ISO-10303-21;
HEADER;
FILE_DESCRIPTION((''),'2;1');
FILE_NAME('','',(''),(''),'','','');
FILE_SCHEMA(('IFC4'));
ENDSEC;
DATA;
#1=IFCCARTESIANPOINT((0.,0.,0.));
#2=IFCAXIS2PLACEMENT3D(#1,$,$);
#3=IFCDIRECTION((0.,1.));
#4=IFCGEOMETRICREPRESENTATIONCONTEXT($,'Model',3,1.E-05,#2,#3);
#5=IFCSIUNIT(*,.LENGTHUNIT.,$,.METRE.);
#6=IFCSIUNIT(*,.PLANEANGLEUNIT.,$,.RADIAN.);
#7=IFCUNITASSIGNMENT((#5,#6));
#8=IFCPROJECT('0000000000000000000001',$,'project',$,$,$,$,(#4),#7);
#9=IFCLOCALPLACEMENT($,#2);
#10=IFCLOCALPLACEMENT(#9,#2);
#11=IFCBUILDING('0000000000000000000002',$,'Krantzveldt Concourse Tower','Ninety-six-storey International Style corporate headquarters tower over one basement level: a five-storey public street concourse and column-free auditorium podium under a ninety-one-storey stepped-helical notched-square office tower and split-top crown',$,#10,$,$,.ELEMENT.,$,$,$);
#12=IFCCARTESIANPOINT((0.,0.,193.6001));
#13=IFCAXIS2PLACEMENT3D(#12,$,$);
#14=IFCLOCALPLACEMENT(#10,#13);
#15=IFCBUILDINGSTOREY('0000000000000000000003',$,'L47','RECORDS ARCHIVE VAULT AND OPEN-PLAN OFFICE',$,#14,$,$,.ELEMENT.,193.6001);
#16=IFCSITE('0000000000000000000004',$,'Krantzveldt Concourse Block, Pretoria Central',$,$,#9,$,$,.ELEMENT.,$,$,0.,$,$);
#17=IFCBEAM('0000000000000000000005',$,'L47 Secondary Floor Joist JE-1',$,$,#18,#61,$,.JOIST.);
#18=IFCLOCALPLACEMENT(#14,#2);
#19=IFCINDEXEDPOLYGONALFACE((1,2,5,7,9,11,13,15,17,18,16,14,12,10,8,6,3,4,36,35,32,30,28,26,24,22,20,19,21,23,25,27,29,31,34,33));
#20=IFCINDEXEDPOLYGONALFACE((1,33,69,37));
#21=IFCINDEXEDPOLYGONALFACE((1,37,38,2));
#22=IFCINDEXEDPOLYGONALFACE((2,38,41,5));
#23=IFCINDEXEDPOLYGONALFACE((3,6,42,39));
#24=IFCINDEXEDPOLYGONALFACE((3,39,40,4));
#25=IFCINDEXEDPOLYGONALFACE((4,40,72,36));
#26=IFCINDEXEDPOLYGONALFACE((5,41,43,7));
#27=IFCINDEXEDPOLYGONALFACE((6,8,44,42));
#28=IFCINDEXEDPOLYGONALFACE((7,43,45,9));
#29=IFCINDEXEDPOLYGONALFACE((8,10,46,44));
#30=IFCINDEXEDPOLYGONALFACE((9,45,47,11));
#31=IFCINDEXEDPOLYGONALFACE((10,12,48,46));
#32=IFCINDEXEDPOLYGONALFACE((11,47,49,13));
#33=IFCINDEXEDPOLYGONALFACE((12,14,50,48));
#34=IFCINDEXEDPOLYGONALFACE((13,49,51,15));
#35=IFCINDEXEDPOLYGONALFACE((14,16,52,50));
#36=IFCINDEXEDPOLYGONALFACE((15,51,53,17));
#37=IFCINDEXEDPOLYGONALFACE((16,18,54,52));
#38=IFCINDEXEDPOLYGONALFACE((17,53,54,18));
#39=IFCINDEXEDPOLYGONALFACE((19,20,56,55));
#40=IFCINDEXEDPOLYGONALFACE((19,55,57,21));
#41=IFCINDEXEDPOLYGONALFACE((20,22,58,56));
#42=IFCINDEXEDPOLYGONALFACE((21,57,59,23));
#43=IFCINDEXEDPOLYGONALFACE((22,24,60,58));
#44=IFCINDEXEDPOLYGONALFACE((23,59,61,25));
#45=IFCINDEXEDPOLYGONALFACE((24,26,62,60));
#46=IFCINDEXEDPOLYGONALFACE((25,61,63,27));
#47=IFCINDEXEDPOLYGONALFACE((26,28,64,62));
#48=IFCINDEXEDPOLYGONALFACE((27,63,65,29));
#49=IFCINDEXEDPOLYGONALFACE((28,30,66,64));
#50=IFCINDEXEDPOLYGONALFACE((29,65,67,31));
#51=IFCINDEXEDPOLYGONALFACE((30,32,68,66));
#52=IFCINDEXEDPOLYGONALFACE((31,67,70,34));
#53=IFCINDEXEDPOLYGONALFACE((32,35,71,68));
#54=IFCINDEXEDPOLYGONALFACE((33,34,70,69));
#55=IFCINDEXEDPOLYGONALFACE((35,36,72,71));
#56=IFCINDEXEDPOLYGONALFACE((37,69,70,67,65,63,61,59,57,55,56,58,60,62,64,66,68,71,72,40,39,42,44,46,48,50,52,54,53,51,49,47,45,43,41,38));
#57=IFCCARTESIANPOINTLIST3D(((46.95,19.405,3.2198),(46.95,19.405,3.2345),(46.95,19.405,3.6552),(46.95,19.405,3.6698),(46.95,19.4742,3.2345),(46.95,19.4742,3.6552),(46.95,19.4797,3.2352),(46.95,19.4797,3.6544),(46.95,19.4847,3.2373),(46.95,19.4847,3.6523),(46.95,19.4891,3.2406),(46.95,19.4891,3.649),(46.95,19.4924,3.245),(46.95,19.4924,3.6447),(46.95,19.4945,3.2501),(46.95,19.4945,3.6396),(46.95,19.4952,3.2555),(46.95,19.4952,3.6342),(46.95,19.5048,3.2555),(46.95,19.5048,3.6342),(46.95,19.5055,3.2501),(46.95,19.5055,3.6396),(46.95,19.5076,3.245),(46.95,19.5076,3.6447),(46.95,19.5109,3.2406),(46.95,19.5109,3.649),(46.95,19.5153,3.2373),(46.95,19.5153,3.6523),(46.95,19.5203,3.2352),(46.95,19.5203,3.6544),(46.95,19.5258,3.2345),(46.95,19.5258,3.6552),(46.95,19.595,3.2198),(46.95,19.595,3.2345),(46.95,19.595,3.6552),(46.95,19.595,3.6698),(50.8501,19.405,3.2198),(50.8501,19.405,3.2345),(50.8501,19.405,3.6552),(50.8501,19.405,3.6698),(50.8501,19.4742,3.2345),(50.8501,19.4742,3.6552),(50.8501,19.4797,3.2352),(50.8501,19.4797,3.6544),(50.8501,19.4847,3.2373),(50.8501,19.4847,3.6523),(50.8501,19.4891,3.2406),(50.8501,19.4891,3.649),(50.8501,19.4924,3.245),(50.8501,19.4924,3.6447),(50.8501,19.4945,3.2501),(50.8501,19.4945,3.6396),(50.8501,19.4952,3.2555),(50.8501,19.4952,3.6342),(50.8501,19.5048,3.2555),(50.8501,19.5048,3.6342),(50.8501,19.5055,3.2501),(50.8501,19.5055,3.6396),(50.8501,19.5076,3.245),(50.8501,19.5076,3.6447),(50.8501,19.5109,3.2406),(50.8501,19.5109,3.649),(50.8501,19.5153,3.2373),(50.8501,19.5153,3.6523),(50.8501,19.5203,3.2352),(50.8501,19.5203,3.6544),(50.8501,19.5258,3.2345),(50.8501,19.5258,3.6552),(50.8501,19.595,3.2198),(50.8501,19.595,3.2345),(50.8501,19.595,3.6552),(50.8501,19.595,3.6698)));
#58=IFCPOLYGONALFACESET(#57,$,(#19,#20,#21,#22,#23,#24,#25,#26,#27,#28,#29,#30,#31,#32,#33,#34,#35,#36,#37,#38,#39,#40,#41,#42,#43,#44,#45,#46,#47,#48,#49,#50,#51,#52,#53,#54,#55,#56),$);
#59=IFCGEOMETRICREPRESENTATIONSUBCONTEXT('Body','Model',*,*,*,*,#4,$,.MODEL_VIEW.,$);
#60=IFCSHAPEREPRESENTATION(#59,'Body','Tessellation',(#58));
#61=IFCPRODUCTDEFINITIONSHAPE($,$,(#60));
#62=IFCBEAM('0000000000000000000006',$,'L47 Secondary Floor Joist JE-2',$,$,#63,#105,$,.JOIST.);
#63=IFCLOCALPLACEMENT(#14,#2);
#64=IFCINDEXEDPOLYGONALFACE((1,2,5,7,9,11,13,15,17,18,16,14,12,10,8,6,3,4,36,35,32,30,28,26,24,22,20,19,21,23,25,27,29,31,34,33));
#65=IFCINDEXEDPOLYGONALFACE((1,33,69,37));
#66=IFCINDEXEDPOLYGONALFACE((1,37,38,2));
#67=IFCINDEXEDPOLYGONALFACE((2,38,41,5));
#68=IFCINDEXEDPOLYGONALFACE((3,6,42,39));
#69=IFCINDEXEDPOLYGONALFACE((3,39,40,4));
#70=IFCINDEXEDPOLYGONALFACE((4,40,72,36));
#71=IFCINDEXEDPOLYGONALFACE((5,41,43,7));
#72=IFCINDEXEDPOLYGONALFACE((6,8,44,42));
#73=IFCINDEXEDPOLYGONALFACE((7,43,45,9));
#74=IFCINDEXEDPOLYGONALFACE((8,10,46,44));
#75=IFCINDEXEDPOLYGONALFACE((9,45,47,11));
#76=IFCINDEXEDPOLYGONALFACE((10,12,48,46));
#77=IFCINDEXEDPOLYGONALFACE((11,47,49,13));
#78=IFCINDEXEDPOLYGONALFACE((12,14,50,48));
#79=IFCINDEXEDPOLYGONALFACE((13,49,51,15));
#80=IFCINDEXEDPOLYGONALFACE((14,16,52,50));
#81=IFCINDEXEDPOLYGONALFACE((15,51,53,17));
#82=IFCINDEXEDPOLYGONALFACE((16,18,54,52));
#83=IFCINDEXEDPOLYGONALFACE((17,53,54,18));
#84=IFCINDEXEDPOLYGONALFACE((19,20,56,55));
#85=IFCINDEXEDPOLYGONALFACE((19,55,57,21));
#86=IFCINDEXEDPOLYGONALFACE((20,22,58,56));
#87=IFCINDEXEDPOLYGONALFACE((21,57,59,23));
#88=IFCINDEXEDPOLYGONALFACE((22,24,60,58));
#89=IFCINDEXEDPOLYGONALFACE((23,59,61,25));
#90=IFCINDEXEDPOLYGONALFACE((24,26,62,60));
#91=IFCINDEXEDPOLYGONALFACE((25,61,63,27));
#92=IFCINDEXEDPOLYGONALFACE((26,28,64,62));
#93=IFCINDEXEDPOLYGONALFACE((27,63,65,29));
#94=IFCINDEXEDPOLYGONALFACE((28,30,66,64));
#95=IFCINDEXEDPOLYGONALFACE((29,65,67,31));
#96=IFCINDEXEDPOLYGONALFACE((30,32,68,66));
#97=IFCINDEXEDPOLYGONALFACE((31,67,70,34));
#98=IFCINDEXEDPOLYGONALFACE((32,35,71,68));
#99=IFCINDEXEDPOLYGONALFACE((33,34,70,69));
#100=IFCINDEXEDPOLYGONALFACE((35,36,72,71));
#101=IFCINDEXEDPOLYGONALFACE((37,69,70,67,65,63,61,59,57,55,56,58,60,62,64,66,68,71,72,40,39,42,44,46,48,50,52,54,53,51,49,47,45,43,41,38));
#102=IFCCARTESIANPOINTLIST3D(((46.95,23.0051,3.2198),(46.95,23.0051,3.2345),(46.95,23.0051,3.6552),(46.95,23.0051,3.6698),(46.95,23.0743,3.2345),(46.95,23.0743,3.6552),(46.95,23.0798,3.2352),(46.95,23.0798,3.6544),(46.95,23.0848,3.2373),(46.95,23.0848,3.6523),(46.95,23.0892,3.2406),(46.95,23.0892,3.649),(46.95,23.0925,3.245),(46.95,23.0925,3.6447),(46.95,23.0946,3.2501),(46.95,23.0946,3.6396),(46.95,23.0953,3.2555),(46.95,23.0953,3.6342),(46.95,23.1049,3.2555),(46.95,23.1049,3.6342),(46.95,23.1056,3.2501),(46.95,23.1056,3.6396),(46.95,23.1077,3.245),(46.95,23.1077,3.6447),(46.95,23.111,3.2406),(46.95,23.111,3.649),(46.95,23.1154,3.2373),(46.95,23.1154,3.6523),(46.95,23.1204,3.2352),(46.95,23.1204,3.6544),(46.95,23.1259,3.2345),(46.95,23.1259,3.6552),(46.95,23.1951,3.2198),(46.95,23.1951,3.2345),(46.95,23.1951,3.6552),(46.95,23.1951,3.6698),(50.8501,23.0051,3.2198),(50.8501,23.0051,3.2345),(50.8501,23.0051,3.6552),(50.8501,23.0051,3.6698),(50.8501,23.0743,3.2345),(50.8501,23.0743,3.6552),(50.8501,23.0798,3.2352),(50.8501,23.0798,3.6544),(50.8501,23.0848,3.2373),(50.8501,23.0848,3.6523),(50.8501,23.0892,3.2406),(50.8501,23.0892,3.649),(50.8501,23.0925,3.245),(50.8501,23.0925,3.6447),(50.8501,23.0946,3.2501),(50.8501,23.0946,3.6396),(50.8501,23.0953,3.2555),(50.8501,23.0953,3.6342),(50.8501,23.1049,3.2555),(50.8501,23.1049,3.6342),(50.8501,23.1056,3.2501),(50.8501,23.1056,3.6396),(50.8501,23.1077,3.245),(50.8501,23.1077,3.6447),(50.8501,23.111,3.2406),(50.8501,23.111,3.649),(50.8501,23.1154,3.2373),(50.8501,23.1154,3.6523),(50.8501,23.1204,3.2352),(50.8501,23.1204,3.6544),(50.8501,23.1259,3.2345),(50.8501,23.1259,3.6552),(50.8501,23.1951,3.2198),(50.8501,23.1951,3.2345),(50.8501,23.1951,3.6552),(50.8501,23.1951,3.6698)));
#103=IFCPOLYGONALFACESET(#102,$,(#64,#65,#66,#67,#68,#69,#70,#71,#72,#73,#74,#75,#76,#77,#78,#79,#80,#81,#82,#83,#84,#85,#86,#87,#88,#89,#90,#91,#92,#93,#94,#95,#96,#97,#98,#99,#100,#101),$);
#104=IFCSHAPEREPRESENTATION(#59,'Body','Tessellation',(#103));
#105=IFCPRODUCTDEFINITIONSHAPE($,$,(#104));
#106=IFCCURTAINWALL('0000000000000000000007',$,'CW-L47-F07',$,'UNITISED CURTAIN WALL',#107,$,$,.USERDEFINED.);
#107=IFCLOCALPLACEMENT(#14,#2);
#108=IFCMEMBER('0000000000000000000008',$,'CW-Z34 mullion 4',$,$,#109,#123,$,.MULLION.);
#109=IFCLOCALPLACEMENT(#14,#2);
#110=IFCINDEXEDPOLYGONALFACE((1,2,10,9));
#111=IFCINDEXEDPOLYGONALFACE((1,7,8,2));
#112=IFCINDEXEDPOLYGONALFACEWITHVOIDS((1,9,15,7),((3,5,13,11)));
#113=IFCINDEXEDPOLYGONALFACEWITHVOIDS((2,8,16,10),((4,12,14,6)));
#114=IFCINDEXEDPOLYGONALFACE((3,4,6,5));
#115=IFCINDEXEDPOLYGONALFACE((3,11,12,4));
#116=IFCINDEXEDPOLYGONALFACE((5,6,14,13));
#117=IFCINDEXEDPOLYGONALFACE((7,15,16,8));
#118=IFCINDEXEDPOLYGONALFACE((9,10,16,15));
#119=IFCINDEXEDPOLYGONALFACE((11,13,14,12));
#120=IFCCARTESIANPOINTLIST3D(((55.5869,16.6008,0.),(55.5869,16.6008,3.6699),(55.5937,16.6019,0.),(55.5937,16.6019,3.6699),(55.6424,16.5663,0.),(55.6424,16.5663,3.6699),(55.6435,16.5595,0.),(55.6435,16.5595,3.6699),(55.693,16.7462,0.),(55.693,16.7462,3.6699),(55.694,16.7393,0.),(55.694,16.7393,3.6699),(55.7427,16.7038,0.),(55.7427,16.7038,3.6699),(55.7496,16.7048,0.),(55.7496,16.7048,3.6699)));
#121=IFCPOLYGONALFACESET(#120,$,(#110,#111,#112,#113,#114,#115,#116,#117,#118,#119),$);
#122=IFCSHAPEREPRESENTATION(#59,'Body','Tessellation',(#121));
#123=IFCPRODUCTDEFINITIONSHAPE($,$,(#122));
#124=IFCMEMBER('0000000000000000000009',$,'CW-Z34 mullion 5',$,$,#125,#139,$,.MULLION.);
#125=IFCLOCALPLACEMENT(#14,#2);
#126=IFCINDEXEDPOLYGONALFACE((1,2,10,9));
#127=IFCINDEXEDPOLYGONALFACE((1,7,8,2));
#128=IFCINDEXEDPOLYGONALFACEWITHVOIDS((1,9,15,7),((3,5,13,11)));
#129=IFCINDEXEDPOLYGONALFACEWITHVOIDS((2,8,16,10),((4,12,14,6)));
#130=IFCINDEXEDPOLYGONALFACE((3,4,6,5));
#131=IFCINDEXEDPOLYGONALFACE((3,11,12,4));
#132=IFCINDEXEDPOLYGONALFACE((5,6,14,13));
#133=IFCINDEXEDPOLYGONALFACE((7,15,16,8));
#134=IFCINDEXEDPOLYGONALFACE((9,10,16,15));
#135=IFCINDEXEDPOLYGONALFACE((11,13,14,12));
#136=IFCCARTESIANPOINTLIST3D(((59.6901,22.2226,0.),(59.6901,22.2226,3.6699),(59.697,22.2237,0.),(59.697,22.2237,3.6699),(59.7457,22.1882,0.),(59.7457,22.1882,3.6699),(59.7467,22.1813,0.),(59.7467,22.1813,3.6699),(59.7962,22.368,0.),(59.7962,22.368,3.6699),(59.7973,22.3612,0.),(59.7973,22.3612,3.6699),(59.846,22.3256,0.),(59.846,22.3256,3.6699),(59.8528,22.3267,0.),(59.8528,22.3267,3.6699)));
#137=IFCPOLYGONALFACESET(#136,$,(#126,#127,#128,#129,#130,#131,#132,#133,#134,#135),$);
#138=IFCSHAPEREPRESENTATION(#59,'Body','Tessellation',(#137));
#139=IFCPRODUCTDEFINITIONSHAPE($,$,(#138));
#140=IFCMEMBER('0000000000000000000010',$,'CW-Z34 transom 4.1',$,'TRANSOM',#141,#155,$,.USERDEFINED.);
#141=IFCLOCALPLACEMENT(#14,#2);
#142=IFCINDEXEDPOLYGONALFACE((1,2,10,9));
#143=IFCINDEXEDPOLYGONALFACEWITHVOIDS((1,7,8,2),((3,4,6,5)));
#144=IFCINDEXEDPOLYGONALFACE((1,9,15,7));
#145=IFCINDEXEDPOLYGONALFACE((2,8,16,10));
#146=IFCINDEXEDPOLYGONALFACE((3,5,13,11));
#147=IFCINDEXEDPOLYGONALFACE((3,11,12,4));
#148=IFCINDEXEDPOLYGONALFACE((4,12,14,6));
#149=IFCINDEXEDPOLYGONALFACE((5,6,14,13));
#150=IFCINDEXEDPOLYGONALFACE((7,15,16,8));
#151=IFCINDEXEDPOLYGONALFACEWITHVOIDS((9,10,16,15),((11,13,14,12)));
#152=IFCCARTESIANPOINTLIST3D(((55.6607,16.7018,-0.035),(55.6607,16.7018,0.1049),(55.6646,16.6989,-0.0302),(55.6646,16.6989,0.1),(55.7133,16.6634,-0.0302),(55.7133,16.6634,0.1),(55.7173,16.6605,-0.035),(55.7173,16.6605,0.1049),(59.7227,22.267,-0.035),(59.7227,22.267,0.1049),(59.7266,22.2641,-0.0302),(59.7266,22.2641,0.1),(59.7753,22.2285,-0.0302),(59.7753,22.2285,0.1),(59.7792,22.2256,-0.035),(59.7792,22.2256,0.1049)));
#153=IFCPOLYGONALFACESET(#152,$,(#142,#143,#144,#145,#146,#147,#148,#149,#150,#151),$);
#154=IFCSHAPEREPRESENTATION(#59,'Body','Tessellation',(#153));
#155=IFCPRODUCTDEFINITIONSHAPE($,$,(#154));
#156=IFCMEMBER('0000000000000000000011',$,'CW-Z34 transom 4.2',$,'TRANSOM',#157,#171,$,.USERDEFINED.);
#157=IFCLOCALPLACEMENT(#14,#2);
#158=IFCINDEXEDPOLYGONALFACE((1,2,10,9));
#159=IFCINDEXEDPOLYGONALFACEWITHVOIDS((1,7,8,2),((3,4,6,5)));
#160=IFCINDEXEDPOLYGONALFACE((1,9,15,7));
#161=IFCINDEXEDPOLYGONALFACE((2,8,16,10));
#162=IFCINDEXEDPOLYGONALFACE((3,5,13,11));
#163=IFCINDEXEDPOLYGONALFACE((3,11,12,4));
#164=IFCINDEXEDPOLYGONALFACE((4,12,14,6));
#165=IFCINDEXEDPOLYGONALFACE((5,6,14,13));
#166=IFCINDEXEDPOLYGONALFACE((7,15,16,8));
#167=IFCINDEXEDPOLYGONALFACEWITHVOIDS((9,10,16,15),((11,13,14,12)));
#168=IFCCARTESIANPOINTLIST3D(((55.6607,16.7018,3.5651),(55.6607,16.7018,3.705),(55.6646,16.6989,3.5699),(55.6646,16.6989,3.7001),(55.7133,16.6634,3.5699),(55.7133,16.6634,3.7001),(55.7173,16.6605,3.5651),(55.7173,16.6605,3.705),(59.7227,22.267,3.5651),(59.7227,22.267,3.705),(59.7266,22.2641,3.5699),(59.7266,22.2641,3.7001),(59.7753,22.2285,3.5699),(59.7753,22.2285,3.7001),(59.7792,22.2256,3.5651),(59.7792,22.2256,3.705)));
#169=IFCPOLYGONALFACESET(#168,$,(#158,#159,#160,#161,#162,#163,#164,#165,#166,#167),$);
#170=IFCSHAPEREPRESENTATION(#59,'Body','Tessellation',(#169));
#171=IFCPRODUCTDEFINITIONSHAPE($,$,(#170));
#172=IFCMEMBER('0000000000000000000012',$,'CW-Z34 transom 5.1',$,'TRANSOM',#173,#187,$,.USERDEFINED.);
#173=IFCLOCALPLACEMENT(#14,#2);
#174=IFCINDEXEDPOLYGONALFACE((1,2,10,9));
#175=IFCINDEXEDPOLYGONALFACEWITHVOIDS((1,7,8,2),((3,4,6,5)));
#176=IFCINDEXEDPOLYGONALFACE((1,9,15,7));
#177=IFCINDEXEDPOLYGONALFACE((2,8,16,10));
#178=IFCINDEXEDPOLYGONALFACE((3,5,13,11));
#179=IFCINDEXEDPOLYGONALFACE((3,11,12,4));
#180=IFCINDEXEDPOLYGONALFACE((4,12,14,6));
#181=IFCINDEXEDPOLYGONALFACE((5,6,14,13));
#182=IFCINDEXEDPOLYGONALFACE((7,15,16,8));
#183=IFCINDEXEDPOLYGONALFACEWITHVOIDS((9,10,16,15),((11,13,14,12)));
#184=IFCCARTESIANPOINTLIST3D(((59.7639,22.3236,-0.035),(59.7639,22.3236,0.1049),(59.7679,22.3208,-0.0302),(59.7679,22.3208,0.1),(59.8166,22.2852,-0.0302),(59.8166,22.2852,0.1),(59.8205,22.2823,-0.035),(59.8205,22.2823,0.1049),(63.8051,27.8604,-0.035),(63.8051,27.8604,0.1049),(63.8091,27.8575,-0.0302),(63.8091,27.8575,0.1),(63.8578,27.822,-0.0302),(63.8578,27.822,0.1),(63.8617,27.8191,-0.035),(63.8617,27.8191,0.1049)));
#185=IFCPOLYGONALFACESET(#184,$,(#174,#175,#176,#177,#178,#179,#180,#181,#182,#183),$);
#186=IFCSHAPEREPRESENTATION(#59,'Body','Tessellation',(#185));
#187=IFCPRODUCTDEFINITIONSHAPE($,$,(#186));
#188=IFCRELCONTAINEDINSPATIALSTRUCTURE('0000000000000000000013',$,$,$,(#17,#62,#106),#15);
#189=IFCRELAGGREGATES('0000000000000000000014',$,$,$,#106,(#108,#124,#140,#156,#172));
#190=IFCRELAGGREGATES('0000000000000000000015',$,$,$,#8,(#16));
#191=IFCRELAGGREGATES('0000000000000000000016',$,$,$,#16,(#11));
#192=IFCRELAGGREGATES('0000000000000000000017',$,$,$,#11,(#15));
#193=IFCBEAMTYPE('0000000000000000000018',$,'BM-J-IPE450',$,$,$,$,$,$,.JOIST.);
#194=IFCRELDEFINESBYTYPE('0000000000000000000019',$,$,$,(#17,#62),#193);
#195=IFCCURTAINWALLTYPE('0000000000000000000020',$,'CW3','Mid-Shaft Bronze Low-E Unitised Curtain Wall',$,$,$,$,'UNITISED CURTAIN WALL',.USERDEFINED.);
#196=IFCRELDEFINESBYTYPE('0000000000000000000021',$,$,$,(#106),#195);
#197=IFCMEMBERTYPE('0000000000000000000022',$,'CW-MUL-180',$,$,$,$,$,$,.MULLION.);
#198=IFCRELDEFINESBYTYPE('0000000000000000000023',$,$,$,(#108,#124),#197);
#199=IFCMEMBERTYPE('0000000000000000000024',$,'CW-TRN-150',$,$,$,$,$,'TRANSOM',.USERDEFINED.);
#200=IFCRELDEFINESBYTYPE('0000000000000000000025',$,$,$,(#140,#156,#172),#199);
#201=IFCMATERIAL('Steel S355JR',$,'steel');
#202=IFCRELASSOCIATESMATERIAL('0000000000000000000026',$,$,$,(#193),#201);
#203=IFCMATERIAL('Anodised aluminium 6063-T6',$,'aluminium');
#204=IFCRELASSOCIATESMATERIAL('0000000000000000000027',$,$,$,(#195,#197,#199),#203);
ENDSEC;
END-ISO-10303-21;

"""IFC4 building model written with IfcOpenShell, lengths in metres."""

from ifc_helpers import new_model, si_unit, direction, frame, origin, origin_2d, place, context, subcontext, project, spatial, hollow_rectangle, i_section, extrude, source, transform, mapped, material, material_profile, profile_set, type_object, type_shapes, element, aggregate, save


model = new_model("IFC4")

# Units and contexts
model_context = context("Model", 3, precision=1e-05, world=origin(), true_north=direction((0.0, 1.0)))
body_context = subcontext(model_context, "Body", "Model", "MODEL_VIEW")
ifc_project = project(units=[si_unit("LENGTHUNIT", "METRE"), si_unit("PLANEANGLEUNIT", "RADIAN")], contexts=[model_context])

# Site, building, storey
site_placement = place(None, origin())
site = spatial("IfcSite", under=ifc_project, at=site_placement, Name="Krantzveldt Concourse Block, Pretoria Central", CompositionType="ELEMENT", RefElevation=0.0)
building_placement = place(site_placement, origin())
building = spatial("IfcBuilding", under=site, at=building_placement, Name="Krantzveldt Concourse Tower", Description="Ninety-six-storey International Style corporate headquarters tower over one basement level: a five-storey public street concourse and column-free auditorium podium under a ninety-one-storey stepped-helical notched-square office tower and split-top crown", CompositionType="ELEMENT")
storey_placement = place(building_placement, frame((0.0, 0.0, 193.6001)))
storey = spatial("IfcBuildingStorey", under=building, at=storey_placement, Name="L47", Description="RECORDS ARCHIVE VAULT AND OPEN-PLAN OFFICE", CompositionType="ELEMENT", Elevation=193.6001)

# Beams
ifc_material_1 = material(Name="Steel S355JR", Category="steel")
ifc_material_profile_1 = material_profile(ifc_material_1, i_section(OverallWidth=0.1899, OverallDepth=0.45, WebThickness=0.0095, FlangeThickness=0.0146, FilletRadius=0.021, at=origin_2d()), Name="Steel S355JR", Category="steel")
ifc_profile_set_1 = profile_set([ifc_material_profile_1], Name="Steel S355JR - IPE 450")
beam_type_1 = type_object("IfcBeamType", Name="BM-J-IPE450", PredefinedType="JOIST", material=ifc_profile_set_1)
shared_shape_1 = source(origin(), body_context, "Body", "SweptSolid", [
    extrude(i_section(OverallWidth=0.1899, OverallDepth=0.45, WebThickness=0.0095, FlangeThickness=0.0146, FilletRadius=0.021, at=origin_2d()), origin(), (0.0, 0.0, 1.0), 3.9001),
])
type_shapes(beam_type_1, [shared_shape_1])
for number, where, z_axis, x_axis, name in (
    (1, (46.95, 19.5, 3.4448), (1.0, 0.0, 0.0), (0.0, 1.0, 0.0), "L47 Secondary Floor Joist JE-1"),
    (2, (46.95, 23.1001, 3.4448), (1.0, 0.0, 0.0), (0.0, 1.0, 0.0), "L47 Secondary Floor Joist JE-2"),
):
    element("IfcBeam", number, at=place(storey_placement, frame(where, z_axis=z_axis, x_axis=x_axis)), inside=storey, type_object=beam_type_1, Name=name, PredefinedType="JOIST", context=body_context, shape_type="MappedRepresentation", body=[
        mapped(shared_shape_1, transform((0.0, 0.0, 0.0), x_axis=(1.0, 0.0, 0.0), y_axis=(0.0, 1.0, 0.0), z_axis=(0.0, 0.0, 1.0), scale=1.0)),
    ])

# Curtain wall, members
ifc_material_2 = material(Name="Anodised aluminium 6063-T6", Category="aluminium")
curtain_wall_type = type_object("IfcCurtainWallType", Name="CW3", Description="Mid-Shaft Bronze Low-E Unitised Curtain Wall", ElementType="UNITISED CURTAIN WALL", PredefinedType="USERDEFINED", material=ifc_material_2)
curtain_wall_placement = place(storey_placement, origin())
curtain_wall = element("IfcCurtainWall", 3, at=curtain_wall_placement, inside=storey, type_object=curtain_wall_type, Name="CW-L47-F07", ObjectType="UNITISED CURTAIN WALL", PredefinedType="USERDEFINED")
ifc_material_profile_2 = material_profile(ifc_material_2, hollow_rectangle(XDim=0.0701, YDim=0.1799, WallThickness=0.0049, at=origin_2d()), Name="Anodised aluminium 6063-T6", Category="aluminium")
ifc_profile_set_2 = profile_set([ifc_material_profile_2], Name="Anodised aluminium 6063-T6 - ALU-MULL 180x70x5")
member_type_1 = type_object("IfcMemberType", Name="CW-MUL-180", PredefinedType="MULLION", material=ifc_profile_set_2)
shared_shape_2 = source(origin(), body_context, "Body", "SweptSolid", [
    extrude(hollow_rectangle(XDim=0.0701, YDim=0.1799, WallThickness=0.0049, at=origin_2d()), origin(), (0.0, 0.0, 1.0), 3.6699),
])
type_shapes(member_type_1, [shared_shape_2])
member_1_placement = place(storey_placement, frame((55.6682, 16.6528, 0.0), z_axis=(0.0, 0.0, 1.0), x_axis=(-0.807733, 0.589549, 0.0)))
member_1 = element("IfcMember", 4, at=member_1_placement, type_object=member_type_1, Name="CW-Z34 mullion 4", PredefinedType="MULLION", context=body_context, shape_type="MappedRepresentation", body=[
    mapped(shared_shape_2, transform((0.0, 0.0, 0.0), x_axis=(1.0, 0.0, 0.0), y_axis=(0.0, 1.0, 0.0), z_axis=(0.0, 0.0, 1.0), scale=1.0)),
])
member_2_placement = place(storey_placement, frame((59.7715, 22.2747, 0.0), z_axis=(0.0, 0.0, 1.0), x_axis=(-0.807733, 0.589549, 0.0)))
member_2 = element("IfcMember", 5, at=member_2_placement, type_object=member_type_1, Name="CW-Z34 mullion 5", PredefinedType="MULLION", context=body_context, shape_type="MappedRepresentation", body=[
    mapped(shared_shape_2, transform((0.0, 0.0, 0.0), x_axis=(1.0, 0.0, 0.0), y_axis=(0.0, 1.0, 0.0), z_axis=(0.0, 0.0, 1.0), scale=1.0)),
])
ifc_material_profile_3 = material_profile(ifc_material_2, hollow_rectangle(XDim=0.0701, YDim=0.1399, WallThickness=0.0049, at=origin_2d()), Name="Anodised aluminium 6063-T6", Category="aluminium")
ifc_profile_set_3 = profile_set([ifc_material_profile_3], Name="Anodised aluminium 6063-T6 - ALU-TRAN 140x70x5")
member_type_2 = type_object("IfcMemberType", Name="CW-TRN-150", ElementType="TRANSOM", PredefinedType="USERDEFINED", material=ifc_profile_set_3)
shared_shape_3 = source(origin(), body_context, "Body", "SweptSolid", [
    extrude(hollow_rectangle(XDim=0.0701, YDim=0.1399, WallThickness=0.0049, at=origin_2d()), origin(), (0.0, 0.0, 1.0), 6.8899),
])
member_3_placement = place(storey_placement, frame((55.689, 16.6812, 0.0349), z_axis=(0.589557, 0.807727, 0.0), x_axis=(-0.807727, 0.589557, 0.0)))
member_3 = element("IfcMember", 6, at=member_3_placement, type_object=member_type_2, Name="CW-Z34 transom 4.1", ObjectType="TRANSOM", PredefinedType="USERDEFINED", context=body_context, shape_type="MappedRepresentation", body=[
    mapped(shared_shape_3, transform((0.0, 0.0, 0.0), x_axis=(1.0, 0.0, 0.0), y_axis=(0.0, 1.0, 0.0), z_axis=(0.0, 0.0, 1.0), scale=1.0)),
])
member_4_placement = place(storey_placement, frame((55.689, 16.6812, 3.635), z_axis=(0.589557, 0.807727, 0.0), x_axis=(-0.807727, 0.589557, 0.0)))
member_4 = element("IfcMember", 7, at=member_4_placement, type_object=member_type_2, Name="CW-Z34 transom 4.2", ObjectType="TRANSOM", PredefinedType="USERDEFINED", context=body_context, shape_type="MappedRepresentation", body=[
    mapped(shared_shape_3, transform((0.0, 0.0, 0.0), x_axis=(1.0, 0.0, 0.0), y_axis=(0.0, 1.0, 0.0), z_axis=(0.0, 0.0, 1.0), scale=1.0)),
])
shared_shape_4 = source(origin(), body_context, "Body", "SweptSolid", [
    extrude(hollow_rectangle(XDim=0.0701, YDim=0.1399, WallThickness=0.0049, at=origin_2d()), origin(), (0.0, 0.0, 1.0), 6.8547),
])
type_shapes(member_type_2, [shared_shape_3, shared_shape_4])
member_5_placement = place(storey_placement, frame((59.7922, 22.303, 0.0349), z_axis=(0.589549, 0.807732, 0.0), x_axis=(-0.807732, 0.589549, 0.0)))
member_5 = element("IfcMember", 8, at=member_5_placement, type_object=member_type_2, Name="CW-Z34 transom 5.1", ObjectType="TRANSOM", PredefinedType="USERDEFINED", context=body_context, shape_type="MappedRepresentation", body=[
    mapped(shared_shape_4, transform((0.0, 0.0, 0.0), x_axis=(1.0, 0.0, 0.0), y_axis=(0.0, 1.0, 0.0), z_axis=(0.0, 0.0, 1.0), scale=1.0)),
])
aggregate(curtain_wall, [member_1, member_2, member_3, member_4, member_5])

save(model, "model.ifc")
